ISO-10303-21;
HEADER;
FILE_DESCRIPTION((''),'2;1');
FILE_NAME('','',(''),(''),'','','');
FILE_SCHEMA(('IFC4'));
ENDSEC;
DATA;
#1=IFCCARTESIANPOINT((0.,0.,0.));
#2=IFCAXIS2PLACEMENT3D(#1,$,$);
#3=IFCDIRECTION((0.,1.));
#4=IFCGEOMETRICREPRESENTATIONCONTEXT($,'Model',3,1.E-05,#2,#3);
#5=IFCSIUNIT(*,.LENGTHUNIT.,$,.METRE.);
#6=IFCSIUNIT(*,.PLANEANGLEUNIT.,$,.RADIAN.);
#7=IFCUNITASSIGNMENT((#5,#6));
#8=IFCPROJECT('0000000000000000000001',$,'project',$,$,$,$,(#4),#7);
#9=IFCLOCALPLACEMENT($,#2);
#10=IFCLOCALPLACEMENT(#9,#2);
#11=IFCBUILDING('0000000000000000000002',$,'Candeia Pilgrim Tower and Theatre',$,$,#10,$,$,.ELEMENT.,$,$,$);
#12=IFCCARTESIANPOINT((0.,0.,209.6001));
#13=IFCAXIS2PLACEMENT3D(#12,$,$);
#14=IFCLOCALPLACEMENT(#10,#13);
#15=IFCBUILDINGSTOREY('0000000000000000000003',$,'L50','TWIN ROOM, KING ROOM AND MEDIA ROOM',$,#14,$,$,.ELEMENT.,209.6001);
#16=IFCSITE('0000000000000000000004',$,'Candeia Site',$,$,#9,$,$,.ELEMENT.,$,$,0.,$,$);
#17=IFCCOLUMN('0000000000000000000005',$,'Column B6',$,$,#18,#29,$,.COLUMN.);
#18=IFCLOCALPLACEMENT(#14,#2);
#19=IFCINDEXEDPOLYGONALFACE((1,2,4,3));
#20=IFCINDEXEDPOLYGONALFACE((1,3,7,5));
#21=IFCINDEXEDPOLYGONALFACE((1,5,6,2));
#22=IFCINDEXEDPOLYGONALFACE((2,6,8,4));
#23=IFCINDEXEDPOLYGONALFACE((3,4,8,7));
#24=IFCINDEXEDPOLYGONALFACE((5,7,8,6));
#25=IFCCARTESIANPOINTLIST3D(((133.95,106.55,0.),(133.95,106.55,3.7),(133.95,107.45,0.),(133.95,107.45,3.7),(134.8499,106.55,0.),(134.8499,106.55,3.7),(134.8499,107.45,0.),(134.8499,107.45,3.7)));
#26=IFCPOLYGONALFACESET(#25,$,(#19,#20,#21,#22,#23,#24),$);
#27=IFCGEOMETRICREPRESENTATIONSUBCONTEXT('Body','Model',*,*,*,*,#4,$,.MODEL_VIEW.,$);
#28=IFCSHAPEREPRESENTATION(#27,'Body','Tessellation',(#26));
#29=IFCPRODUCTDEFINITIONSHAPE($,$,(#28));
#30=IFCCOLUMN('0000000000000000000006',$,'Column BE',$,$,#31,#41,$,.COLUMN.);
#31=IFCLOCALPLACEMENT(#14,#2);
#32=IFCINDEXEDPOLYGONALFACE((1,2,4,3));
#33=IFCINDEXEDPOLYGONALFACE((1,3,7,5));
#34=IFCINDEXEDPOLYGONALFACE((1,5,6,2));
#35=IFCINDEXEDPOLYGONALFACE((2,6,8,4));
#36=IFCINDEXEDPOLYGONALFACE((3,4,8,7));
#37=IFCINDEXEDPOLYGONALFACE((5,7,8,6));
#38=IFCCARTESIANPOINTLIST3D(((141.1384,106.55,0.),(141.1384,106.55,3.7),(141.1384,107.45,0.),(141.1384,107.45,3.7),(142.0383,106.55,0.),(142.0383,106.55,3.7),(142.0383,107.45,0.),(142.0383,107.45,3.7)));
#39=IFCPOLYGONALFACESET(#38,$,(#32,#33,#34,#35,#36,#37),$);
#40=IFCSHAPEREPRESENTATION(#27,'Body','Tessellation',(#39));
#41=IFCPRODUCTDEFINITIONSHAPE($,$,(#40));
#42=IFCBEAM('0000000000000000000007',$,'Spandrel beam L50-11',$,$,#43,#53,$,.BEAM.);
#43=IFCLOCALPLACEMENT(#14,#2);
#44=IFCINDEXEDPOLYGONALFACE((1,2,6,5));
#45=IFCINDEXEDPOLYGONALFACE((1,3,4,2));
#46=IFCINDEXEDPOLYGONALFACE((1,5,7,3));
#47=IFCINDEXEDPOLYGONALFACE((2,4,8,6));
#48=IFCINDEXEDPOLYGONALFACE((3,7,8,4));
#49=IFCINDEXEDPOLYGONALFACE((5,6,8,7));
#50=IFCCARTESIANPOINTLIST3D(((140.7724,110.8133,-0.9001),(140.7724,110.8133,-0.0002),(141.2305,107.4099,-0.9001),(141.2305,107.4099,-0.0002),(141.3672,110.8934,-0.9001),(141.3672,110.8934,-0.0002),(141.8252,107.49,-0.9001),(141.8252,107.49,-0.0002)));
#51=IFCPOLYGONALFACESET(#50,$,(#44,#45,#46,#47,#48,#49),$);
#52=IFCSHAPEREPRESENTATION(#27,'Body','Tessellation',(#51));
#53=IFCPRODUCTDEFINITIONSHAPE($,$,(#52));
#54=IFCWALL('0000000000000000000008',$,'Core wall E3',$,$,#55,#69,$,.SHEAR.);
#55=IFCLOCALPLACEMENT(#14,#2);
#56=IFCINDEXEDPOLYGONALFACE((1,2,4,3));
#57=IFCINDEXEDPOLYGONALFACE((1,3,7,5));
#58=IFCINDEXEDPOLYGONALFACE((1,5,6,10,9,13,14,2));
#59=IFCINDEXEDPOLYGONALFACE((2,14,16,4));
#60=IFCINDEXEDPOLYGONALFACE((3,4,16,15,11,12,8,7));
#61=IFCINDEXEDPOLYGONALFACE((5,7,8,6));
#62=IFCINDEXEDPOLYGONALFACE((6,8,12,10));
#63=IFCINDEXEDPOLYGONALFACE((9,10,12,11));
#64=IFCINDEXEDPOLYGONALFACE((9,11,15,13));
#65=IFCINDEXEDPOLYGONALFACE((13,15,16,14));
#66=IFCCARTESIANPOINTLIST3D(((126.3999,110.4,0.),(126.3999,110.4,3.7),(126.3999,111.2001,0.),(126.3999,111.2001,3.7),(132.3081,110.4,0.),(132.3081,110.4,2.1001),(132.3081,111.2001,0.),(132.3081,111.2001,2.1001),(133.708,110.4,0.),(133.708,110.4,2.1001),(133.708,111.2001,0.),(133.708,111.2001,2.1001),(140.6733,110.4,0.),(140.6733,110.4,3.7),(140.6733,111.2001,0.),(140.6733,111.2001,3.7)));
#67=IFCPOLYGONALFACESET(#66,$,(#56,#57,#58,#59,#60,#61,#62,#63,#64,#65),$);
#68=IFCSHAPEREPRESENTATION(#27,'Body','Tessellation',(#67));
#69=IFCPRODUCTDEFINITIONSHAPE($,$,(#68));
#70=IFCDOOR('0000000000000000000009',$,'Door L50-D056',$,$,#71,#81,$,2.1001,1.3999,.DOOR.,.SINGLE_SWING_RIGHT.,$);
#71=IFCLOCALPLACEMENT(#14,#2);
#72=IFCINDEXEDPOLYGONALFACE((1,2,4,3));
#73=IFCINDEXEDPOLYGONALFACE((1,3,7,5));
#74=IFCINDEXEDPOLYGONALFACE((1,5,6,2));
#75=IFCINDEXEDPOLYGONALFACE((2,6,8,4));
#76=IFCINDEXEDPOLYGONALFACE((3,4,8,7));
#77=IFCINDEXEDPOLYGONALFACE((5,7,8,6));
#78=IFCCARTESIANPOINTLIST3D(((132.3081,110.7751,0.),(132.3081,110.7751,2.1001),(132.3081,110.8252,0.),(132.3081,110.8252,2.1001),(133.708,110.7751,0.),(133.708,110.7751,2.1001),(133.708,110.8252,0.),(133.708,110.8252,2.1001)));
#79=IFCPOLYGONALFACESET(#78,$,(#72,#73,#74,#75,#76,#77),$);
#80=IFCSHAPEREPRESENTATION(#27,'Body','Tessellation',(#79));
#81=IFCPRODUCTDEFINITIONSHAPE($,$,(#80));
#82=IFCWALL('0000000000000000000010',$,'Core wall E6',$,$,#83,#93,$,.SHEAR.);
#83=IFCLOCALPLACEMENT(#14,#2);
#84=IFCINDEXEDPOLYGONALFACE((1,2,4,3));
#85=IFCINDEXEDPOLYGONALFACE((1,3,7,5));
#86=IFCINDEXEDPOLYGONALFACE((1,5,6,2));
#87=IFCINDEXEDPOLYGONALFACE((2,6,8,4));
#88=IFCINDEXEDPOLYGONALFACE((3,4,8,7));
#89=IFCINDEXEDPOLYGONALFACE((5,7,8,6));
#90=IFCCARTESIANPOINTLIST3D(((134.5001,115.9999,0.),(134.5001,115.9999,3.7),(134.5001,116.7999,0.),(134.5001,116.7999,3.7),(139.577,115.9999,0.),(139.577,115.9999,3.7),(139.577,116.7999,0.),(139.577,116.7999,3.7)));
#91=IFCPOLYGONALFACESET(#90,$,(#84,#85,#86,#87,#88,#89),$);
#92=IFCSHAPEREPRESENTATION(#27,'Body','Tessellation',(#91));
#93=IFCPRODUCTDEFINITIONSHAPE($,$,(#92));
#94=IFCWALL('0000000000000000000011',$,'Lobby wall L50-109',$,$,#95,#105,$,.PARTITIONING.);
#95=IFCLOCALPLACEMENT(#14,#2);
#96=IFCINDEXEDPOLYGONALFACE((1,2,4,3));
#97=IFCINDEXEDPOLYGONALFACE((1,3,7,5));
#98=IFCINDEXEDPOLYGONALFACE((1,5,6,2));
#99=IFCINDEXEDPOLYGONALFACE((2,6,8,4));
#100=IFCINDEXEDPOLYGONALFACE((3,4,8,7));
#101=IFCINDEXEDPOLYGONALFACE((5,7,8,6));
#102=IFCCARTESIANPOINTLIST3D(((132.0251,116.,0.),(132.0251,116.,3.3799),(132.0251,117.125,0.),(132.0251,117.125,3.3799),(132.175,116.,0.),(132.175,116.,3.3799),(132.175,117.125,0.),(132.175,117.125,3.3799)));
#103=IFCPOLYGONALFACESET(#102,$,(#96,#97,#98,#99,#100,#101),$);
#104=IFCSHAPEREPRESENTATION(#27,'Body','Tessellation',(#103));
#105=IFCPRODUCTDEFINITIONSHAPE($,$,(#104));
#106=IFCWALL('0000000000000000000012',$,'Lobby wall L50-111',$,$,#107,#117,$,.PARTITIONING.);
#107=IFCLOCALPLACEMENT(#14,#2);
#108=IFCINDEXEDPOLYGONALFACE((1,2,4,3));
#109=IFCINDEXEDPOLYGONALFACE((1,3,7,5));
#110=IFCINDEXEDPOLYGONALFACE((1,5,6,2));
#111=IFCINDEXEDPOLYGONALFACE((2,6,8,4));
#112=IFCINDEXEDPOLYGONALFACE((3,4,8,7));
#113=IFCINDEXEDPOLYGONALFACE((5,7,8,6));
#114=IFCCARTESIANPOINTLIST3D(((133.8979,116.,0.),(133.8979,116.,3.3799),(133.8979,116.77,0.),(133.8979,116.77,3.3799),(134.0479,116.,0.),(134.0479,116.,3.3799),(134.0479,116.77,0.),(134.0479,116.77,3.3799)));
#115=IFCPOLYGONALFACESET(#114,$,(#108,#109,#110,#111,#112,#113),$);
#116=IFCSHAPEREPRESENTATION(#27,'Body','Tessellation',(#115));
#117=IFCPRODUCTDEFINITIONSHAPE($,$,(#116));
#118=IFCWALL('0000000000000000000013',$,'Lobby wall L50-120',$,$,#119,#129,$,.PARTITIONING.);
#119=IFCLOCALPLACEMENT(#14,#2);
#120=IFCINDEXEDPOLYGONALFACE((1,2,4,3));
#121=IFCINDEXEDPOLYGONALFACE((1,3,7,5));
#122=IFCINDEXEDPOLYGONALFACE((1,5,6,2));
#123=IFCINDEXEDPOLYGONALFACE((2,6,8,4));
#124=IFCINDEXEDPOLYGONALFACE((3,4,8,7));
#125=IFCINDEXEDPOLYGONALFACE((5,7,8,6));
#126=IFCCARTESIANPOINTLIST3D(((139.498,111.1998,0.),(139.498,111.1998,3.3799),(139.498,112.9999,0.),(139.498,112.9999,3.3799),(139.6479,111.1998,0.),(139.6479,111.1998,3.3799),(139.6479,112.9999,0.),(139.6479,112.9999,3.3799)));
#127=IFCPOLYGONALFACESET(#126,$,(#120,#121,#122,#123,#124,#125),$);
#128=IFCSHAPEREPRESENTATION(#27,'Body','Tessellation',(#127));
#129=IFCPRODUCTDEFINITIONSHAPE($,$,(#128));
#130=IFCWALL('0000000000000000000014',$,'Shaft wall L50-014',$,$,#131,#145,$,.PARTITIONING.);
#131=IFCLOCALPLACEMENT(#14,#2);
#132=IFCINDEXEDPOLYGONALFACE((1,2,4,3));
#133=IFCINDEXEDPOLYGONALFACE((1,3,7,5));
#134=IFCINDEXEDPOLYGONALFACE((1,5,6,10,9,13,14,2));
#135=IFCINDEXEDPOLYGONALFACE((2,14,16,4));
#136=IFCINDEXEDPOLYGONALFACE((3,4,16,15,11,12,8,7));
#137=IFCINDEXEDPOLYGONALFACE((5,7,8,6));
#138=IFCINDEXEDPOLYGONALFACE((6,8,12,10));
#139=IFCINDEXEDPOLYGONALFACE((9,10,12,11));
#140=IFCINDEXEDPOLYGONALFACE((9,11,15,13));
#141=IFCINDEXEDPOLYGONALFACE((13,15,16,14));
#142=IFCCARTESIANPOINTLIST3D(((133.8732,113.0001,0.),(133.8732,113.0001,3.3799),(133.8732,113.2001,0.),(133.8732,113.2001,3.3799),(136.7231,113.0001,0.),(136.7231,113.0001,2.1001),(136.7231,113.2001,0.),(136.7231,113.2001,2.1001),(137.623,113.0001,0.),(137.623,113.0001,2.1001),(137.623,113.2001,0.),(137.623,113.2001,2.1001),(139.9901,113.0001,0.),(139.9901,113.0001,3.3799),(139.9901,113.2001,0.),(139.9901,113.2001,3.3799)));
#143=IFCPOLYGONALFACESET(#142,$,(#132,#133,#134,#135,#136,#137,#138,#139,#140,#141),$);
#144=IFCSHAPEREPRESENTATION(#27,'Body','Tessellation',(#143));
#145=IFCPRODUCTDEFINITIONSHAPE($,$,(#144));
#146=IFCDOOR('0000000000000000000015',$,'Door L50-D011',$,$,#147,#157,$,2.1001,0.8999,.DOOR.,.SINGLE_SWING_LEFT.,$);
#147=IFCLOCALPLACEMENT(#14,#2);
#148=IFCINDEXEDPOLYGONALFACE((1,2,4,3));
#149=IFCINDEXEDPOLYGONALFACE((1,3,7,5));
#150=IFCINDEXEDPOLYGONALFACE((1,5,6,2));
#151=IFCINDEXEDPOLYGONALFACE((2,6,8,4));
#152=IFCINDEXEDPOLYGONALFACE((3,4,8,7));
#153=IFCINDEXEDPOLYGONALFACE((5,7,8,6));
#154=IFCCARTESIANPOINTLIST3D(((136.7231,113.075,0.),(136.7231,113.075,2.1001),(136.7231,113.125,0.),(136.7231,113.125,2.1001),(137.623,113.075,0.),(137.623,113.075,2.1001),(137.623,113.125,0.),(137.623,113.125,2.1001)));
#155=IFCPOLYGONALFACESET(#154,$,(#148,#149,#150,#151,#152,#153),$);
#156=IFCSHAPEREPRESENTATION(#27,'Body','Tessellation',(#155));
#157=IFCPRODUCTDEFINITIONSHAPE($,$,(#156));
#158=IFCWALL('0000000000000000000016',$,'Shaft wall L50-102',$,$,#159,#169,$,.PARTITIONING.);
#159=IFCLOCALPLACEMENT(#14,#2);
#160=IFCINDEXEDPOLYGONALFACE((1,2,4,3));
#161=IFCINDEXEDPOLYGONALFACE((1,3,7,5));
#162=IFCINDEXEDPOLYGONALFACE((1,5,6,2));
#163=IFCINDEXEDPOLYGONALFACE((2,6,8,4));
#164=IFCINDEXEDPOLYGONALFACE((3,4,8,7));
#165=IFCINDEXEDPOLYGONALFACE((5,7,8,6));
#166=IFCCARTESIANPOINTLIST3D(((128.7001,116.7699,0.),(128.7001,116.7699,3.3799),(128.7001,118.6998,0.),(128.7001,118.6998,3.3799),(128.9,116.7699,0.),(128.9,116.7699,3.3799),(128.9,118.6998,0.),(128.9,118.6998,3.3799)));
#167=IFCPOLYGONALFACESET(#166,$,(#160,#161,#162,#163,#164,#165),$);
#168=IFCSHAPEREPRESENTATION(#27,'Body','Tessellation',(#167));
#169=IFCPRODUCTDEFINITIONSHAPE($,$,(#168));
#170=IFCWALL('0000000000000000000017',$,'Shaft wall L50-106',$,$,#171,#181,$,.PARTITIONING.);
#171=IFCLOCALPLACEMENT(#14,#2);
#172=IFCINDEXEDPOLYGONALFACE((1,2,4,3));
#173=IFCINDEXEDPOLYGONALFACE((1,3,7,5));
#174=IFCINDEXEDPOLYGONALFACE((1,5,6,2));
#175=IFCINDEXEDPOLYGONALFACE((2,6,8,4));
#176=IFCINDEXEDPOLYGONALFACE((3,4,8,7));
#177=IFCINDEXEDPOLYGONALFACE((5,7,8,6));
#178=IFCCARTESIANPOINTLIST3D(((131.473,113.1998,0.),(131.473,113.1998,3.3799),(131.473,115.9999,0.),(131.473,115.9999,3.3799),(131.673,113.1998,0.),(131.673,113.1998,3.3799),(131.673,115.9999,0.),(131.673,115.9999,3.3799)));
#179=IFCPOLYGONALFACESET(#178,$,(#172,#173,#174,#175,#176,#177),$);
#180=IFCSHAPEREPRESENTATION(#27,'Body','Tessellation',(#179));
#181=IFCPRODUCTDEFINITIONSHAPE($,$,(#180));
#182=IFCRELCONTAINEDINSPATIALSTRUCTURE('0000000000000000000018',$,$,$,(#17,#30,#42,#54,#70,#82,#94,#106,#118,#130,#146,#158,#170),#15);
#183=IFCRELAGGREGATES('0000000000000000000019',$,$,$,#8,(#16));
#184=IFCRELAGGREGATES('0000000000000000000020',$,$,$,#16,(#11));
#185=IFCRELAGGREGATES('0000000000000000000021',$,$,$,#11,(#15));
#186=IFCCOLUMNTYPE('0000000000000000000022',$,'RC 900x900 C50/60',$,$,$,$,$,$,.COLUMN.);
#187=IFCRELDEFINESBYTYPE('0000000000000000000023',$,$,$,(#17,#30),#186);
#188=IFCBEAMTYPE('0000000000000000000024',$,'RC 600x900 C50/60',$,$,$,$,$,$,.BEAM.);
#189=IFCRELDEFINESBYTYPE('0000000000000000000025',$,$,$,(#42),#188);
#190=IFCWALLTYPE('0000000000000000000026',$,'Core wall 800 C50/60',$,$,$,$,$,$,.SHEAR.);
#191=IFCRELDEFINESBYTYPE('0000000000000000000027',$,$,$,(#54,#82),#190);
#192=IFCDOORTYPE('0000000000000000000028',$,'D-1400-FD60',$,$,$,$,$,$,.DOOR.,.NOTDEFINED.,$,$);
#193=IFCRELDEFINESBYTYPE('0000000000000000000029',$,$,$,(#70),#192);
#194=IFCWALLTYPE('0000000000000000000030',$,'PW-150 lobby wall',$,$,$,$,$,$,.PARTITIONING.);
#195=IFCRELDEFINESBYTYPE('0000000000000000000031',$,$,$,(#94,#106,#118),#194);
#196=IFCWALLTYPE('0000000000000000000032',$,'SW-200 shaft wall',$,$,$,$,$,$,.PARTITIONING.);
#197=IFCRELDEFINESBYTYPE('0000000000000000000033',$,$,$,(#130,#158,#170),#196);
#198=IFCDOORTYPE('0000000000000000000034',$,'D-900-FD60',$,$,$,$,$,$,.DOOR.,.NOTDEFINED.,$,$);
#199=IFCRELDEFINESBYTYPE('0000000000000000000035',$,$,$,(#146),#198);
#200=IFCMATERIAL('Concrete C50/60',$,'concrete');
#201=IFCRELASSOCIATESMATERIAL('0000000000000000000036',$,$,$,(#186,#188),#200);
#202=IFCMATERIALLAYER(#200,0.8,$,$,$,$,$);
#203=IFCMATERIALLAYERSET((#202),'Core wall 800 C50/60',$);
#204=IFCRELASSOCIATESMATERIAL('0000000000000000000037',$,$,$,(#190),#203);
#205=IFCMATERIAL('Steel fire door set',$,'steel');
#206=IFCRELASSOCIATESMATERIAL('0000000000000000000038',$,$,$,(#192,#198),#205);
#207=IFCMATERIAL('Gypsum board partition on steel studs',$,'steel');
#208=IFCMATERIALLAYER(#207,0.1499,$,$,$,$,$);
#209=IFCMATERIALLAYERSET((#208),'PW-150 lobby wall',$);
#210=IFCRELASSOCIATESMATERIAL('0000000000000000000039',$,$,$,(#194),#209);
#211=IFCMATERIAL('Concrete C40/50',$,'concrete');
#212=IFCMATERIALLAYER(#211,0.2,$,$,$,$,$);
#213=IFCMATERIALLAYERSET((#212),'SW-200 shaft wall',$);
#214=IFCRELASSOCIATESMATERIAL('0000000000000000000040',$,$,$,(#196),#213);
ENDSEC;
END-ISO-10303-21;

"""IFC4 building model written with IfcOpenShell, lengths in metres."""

from ifc_helpers import new_model, si_unit, direction, frame, frame_2d, origin, origin_2d, place, context, subcontext, project, spatial, rectangle, extrude, material, layer, layer_set, material_profile, profile_set, type_object, element, fill, save


model = new_model("IFC4")

# Units and contexts
model_context = context("Model", 3, precision=1e-05, world=origin(), true_north=direction((0.0, 1.0)))
body_context = subcontext(model_context, "Body", "Model", "MODEL_VIEW")
ifc_project = project(units=[si_unit("LENGTHUNIT", "METRE"), si_unit("PLANEANGLEUNIT", "RADIAN")], contexts=[model_context])

# Site, building, storey
site_placement = place(None, origin())
site = spatial("IfcSite", under=ifc_project, at=site_placement, Name="Candeia Site", CompositionType="ELEMENT", RefElevation=0.0)
building_placement = place(site_placement, origin())
building = spatial("IfcBuilding", under=site, at=building_placement, Name="Candeia Pilgrim Tower and Theatre", CompositionType="ELEMENT")
storey_placement = place(building_placement, frame((0.0, 0.0, 209.6001)))
storey = spatial("IfcBuildingStorey", under=building, at=storey_placement, Name="L50", Description="TWIN ROOM, KING ROOM AND MEDIA ROOM", CompositionType="ELEMENT", Elevation=209.6001)

# Columns
ifc_material_1 = material(Name="Concrete C50/60", Category="concrete")
ifc_material_profile_1 = material_profile(ifc_material_1, rectangle(XDim=0.8999, YDim=0.8999, at=origin_2d()))
ifc_profile_set_1 = profile_set([ifc_material_profile_1], Name="Concrete C50/60")
column_type = type_object("IfcColumnType", Name="RC 900x900 C50/60", PredefinedType="COLUMN", material=ifc_profile_set_1)
for number, where, z_axis, x_axis, name in (
    (1, (134.3999, 107.0, 0.0), (0.0, 0.0, 1.0), (1.0, 0.0, 0.0), "Column B6"),
    (2, (141.5884, 107.0, 0.0), (0.0, 0.0, 1.0), (1.0, 0.0, 0.0), "Column BE"),
):
    element("IfcColumn", number, at=place(storey_placement, frame(where, z_axis=z_axis, x_axis=x_axis)), inside=storey, type_object=column_type, Name=name, PredefinedType="COLUMN", context=body_context, shape_type="SweptSolid", body=[
        extrude(rectangle(XDim=0.8999, YDim=0.8999, at=origin_2d()), origin(), (0.0, 0.0, 1.0), 3.7),
    ])

# Beam
ifc_material_profile_2 = material_profile(ifc_material_1, rectangle(XDim=0.6001, YDim=0.8999, at=origin_2d()))
ifc_profile_set_2 = profile_set([ifc_material_profile_2], Name="Concrete C50/60")
beam_type = type_object("IfcBeamType", Name="RC 600x900 C50/60", PredefinedType="BEAM", material=ifc_profile_set_2)
beam_placement = place(storey_placement, frame((141.5278, 107.45, -0.4502), z_axis=(-0.133374, 0.991066, 0.0), x_axis=(-0.991066, -0.133374, 0.0)))
element("IfcBeam", 3, at=beam_placement, inside=storey, type_object=beam_type, Name="Spandrel beam L50-11", PredefinedType="BEAM", context=body_context, shape_type="SweptSolid", body=[
    extrude(rectangle(XDim=0.6001, YDim=0.8999, at=origin_2d()), origin(), (0.0, 0.0, 1.0), 3.4341),
])

# Wall, opening, door
ifc_layer_1 = layer(ifc_material_1, 0.8)
ifc_layer_set_1 = layer_set([ifc_layer_1], Name="Core wall 800 C50/60")
wall_type_1 = type_object("IfcWallType", Name="Core wall 800 C50/60", PredefinedType="SHEAR", material=ifc_layer_set_1)
wall_1_placement = place(storey_placement, frame((140.6733, 110.8, 0.0), z_axis=(0.0, 0.0, 1.0), x_axis=(-1.0, 0.0, 0.0)))
wall_1 = element("IfcWall", 4, at=wall_1_placement, inside=storey, type_object=wall_type_1, Name="Core wall E3", PredefinedType="SHEAR", context=body_context, shape_type="SweptSolid", body=[
    extrude(rectangle(XDim=14.2734, YDim=0.8, at=frame_2d((7.1367, 0.0))), origin(), (0.0, 0.0, 1.0), 3.7),
])
opening_1_placement = place(wall_1_placement, frame((6.9653, 0.0, 0.0)))
opening_1 = element("IfcOpeningElement", 5, at=opening_1_placement, cuts=wall_1, PredefinedType="OPENING", context=body_context, shape_type="SweptSolid", body=[
    extrude(rectangle(XDim=1.3999, YDim=2.1001, at=frame_2d((0.7, 1.05))), frame((0.0, 0.4102, 0.0), z_axis=(0.0, -1.0, 0.0), x_axis=(1.0, 0.0, 0.0)), (0.0, 0.0, 1.0), 0.8201),
])
ifc_material_2 = material(Name="Steel fire door set", Category="steel")
door_type_1 = type_object("IfcDoorType", Name="D-1400-FD60", OperationType="NOTDEFINED", PredefinedType="DOOR", material=ifc_material_2)
door_1_placement = place(opening_1_placement, origin())
door_1 = element("IfcDoor", 6, at=door_1_placement, inside=storey, type_object=door_type_1, Name="Door L50-D056", OperationType="SINGLE_SWING_RIGHT", OverallHeight=2.1001, OverallWidth=1.3999, PredefinedType="DOOR", context=body_context, shape_type="SweptSolid", body=[
    extrude(rectangle(XDim=1.3999, YDim=2.1001, at=frame_2d((0.7, 1.05))), frame((0.0, 0.0249, 0.0), z_axis=(0.0, -1.0, 0.0), x_axis=(1.0, 0.0, 0.0)), (0.0, 0.0, 1.0), 0.05),
])
fill(opening_1, door_1)

# Walls
wall_2_placement = place(storey_placement, frame((134.5, 116.3999, 0.0), z_axis=(0.0, 0.0, 1.0), x_axis=(1.0, 0.0, 0.0)))
element("IfcWall", 7, at=wall_2_placement, inside=storey, type_object=wall_type_1, Name="Core wall E6", PredefinedType="SHEAR", context=body_context, shape_type="SweptSolid", body=[
    extrude(rectangle(XDim=5.0769, YDim=0.8, at=frame_2d((2.5386, 0.0))), origin(), (0.0, 0.0, 1.0), 3.7),
])
ifc_material_3 = material(Name="Gypsum board partition on steel studs", Category="steel")
ifc_layer_2 = layer(ifc_material_3, 0.1499)
ifc_layer_set_2 = layer_set([ifc_layer_2], Name="PW-150 lobby wall")
wall_type_2 = type_object("IfcWallType", Name="PW-150 lobby wall", PredefinedType="PARTITIONING", material=ifc_layer_set_2)
wall_3_placement = place(storey_placement, frame((132.1001, 116.0, 0.0), z_axis=(0.0, 0.0, 1.0), x_axis=(0.0, 1.0, 0.0)))
element("IfcWall", 8, at=wall_3_placement, inside=storey, type_object=wall_type_2, Name="Lobby wall L50-109", PredefinedType="PARTITIONING", context=body_context, shape_type="SweptSolid", body=[
    extrude(rectangle(XDim=1.125, YDim=0.1499, at=frame_2d((0.5625, 0.0))), origin(), (0.0, 0.0, 1.0), 3.3799),
])
wall_4_placement = place(storey_placement, frame((133.9729, 116.0, 0.0), z_axis=(0.0, 0.0, 1.0), x_axis=(0.0, 1.0, 0.0)))
element("IfcWall", 9, at=wall_4_placement, inside=storey, type_object=wall_type_2, Name="Lobby wall L50-111", PredefinedType="PARTITIONING", context=body_context, shape_type="SweptSolid", body=[
    extrude(rectangle(XDim=0.77, YDim=0.1499, at=frame_2d((0.385, 0.0))), origin(), (0.0, 0.0, 1.0), 3.3799),
])
wall_5_placement = place(storey_placement, frame((139.573, 111.2, 0.0), z_axis=(0.0, 0.0, 1.0), x_axis=(0.0, 1.0, 0.0)))
element("IfcWall", 10, at=wall_5_placement, inside=storey, type_object=wall_type_2, Name="Lobby wall L50-120", PredefinedType="PARTITIONING", context=body_context, shape_type="SweptSolid", body=[
    extrude(rectangle(XDim=1.8, YDim=0.1499, at=frame_2d((0.8999, 0.0))), origin(), (0.0, 0.0, 1.0), 3.3799),
])

# Wall, opening, door
ifc_material_4 = material(Name="Concrete C40/50", Category="concrete")
ifc_layer_3 = layer(ifc_material_4, 0.2)
ifc_layer_set_3 = layer_set([ifc_layer_3], Name="SW-200 shaft wall")
wall_type_3 = type_object("IfcWallType", Name="SW-200 shaft wall", PredefinedType="PARTITIONING", material=ifc_layer_set_3)
wall_6_placement = place(storey_placement, frame((133.873, 113.1001, 0.0), z_axis=(0.0, 0.0, 1.0), x_axis=(1.0, 0.0, 0.0)))
wall_6 = element("IfcWall", 11, at=wall_6_placement, inside=storey, type_object=wall_type_3, Name="Shaft wall L50-014", PredefinedType="PARTITIONING", context=body_context, shape_type="SweptSolid", body=[
    extrude(rectangle(XDim=6.1169, YDim=0.2, at=frame_2d((3.0586, 0.0))), origin(), (0.0, 0.0, 1.0), 3.3799),
])
opening_2_placement = place(wall_6_placement, frame((2.8501, 0.0, 0.0)))
opening_2 = element("IfcOpeningElement", 12, at=opening_2_placement, cuts=wall_6, PredefinedType="OPENING", context=body_context, shape_type="SweptSolid", body=[
    extrude(rectangle(XDim=0.8999, YDim=2.1001, at=frame_2d((0.45, 1.05))), frame((0.0, 0.1099, 0.0), z_axis=(0.0, -1.0, 0.0), x_axis=(1.0, 0.0, 0.0)), (0.0, 0.0, 1.0), 0.22),
])
door_type_2 = type_object("IfcDoorType", Name="D-900-FD60", OperationType="NOTDEFINED", PredefinedType="DOOR", material=ifc_material_2)
door_2_placement = place(opening_2_placement, origin())
door_2 = element("IfcDoor", 13, at=door_2_placement, inside=storey, type_object=door_type_2, Name="Door L50-D011", OperationType="SINGLE_SWING_LEFT", OverallHeight=2.1001, OverallWidth=0.8999, PredefinedType="DOOR", context=body_context, shape_type="SweptSolid", body=[
    extrude(rectangle(XDim=0.8999, YDim=2.1001, at=frame_2d((0.45, 1.05))), frame((0.0, 0.0249, 0.0), z_axis=(0.0, -1.0, 0.0), x_axis=(1.0, 0.0, 0.0)), (0.0, 0.0, 1.0), 0.05),
])
fill(opening_2, door_2)

# Walls
wall_7_placement = place(storey_placement, frame((128.8, 116.77, 0.0), z_axis=(0.0, 0.0, 1.0), x_axis=(0.0, 1.0, 0.0)))
element("IfcWall", 14, at=wall_7_placement, inside=storey, type_object=wall_type_3, Name="Shaft wall L50-102", PredefinedType="PARTITIONING", context=body_context, shape_type="SweptSolid", body=[
    extrude(rectangle(XDim=1.9299, YDim=0.2, at=frame_2d((0.9648, 0.0))), origin(), (0.0, 0.0, 1.0), 3.3799),
])
wall_8_placement = place(storey_placement, frame((131.573, 113.2, 0.0), z_axis=(0.0, 0.0, 1.0), x_axis=(0.0, 1.0, 0.0)))
element("IfcWall", 15, at=wall_8_placement, inside=storey, type_object=wall_type_3, Name="Shaft wall L50-106", PredefinedType="PARTITIONING", context=body_context, shape_type="SweptSolid", body=[
    extrude(rectangle(XDim=2.8, YDim=0.2, at=frame_2d((1.3999, 0.0))), origin(), (0.0, 0.0, 1.0), 3.3799),
])

save(model, "model.ifc")
